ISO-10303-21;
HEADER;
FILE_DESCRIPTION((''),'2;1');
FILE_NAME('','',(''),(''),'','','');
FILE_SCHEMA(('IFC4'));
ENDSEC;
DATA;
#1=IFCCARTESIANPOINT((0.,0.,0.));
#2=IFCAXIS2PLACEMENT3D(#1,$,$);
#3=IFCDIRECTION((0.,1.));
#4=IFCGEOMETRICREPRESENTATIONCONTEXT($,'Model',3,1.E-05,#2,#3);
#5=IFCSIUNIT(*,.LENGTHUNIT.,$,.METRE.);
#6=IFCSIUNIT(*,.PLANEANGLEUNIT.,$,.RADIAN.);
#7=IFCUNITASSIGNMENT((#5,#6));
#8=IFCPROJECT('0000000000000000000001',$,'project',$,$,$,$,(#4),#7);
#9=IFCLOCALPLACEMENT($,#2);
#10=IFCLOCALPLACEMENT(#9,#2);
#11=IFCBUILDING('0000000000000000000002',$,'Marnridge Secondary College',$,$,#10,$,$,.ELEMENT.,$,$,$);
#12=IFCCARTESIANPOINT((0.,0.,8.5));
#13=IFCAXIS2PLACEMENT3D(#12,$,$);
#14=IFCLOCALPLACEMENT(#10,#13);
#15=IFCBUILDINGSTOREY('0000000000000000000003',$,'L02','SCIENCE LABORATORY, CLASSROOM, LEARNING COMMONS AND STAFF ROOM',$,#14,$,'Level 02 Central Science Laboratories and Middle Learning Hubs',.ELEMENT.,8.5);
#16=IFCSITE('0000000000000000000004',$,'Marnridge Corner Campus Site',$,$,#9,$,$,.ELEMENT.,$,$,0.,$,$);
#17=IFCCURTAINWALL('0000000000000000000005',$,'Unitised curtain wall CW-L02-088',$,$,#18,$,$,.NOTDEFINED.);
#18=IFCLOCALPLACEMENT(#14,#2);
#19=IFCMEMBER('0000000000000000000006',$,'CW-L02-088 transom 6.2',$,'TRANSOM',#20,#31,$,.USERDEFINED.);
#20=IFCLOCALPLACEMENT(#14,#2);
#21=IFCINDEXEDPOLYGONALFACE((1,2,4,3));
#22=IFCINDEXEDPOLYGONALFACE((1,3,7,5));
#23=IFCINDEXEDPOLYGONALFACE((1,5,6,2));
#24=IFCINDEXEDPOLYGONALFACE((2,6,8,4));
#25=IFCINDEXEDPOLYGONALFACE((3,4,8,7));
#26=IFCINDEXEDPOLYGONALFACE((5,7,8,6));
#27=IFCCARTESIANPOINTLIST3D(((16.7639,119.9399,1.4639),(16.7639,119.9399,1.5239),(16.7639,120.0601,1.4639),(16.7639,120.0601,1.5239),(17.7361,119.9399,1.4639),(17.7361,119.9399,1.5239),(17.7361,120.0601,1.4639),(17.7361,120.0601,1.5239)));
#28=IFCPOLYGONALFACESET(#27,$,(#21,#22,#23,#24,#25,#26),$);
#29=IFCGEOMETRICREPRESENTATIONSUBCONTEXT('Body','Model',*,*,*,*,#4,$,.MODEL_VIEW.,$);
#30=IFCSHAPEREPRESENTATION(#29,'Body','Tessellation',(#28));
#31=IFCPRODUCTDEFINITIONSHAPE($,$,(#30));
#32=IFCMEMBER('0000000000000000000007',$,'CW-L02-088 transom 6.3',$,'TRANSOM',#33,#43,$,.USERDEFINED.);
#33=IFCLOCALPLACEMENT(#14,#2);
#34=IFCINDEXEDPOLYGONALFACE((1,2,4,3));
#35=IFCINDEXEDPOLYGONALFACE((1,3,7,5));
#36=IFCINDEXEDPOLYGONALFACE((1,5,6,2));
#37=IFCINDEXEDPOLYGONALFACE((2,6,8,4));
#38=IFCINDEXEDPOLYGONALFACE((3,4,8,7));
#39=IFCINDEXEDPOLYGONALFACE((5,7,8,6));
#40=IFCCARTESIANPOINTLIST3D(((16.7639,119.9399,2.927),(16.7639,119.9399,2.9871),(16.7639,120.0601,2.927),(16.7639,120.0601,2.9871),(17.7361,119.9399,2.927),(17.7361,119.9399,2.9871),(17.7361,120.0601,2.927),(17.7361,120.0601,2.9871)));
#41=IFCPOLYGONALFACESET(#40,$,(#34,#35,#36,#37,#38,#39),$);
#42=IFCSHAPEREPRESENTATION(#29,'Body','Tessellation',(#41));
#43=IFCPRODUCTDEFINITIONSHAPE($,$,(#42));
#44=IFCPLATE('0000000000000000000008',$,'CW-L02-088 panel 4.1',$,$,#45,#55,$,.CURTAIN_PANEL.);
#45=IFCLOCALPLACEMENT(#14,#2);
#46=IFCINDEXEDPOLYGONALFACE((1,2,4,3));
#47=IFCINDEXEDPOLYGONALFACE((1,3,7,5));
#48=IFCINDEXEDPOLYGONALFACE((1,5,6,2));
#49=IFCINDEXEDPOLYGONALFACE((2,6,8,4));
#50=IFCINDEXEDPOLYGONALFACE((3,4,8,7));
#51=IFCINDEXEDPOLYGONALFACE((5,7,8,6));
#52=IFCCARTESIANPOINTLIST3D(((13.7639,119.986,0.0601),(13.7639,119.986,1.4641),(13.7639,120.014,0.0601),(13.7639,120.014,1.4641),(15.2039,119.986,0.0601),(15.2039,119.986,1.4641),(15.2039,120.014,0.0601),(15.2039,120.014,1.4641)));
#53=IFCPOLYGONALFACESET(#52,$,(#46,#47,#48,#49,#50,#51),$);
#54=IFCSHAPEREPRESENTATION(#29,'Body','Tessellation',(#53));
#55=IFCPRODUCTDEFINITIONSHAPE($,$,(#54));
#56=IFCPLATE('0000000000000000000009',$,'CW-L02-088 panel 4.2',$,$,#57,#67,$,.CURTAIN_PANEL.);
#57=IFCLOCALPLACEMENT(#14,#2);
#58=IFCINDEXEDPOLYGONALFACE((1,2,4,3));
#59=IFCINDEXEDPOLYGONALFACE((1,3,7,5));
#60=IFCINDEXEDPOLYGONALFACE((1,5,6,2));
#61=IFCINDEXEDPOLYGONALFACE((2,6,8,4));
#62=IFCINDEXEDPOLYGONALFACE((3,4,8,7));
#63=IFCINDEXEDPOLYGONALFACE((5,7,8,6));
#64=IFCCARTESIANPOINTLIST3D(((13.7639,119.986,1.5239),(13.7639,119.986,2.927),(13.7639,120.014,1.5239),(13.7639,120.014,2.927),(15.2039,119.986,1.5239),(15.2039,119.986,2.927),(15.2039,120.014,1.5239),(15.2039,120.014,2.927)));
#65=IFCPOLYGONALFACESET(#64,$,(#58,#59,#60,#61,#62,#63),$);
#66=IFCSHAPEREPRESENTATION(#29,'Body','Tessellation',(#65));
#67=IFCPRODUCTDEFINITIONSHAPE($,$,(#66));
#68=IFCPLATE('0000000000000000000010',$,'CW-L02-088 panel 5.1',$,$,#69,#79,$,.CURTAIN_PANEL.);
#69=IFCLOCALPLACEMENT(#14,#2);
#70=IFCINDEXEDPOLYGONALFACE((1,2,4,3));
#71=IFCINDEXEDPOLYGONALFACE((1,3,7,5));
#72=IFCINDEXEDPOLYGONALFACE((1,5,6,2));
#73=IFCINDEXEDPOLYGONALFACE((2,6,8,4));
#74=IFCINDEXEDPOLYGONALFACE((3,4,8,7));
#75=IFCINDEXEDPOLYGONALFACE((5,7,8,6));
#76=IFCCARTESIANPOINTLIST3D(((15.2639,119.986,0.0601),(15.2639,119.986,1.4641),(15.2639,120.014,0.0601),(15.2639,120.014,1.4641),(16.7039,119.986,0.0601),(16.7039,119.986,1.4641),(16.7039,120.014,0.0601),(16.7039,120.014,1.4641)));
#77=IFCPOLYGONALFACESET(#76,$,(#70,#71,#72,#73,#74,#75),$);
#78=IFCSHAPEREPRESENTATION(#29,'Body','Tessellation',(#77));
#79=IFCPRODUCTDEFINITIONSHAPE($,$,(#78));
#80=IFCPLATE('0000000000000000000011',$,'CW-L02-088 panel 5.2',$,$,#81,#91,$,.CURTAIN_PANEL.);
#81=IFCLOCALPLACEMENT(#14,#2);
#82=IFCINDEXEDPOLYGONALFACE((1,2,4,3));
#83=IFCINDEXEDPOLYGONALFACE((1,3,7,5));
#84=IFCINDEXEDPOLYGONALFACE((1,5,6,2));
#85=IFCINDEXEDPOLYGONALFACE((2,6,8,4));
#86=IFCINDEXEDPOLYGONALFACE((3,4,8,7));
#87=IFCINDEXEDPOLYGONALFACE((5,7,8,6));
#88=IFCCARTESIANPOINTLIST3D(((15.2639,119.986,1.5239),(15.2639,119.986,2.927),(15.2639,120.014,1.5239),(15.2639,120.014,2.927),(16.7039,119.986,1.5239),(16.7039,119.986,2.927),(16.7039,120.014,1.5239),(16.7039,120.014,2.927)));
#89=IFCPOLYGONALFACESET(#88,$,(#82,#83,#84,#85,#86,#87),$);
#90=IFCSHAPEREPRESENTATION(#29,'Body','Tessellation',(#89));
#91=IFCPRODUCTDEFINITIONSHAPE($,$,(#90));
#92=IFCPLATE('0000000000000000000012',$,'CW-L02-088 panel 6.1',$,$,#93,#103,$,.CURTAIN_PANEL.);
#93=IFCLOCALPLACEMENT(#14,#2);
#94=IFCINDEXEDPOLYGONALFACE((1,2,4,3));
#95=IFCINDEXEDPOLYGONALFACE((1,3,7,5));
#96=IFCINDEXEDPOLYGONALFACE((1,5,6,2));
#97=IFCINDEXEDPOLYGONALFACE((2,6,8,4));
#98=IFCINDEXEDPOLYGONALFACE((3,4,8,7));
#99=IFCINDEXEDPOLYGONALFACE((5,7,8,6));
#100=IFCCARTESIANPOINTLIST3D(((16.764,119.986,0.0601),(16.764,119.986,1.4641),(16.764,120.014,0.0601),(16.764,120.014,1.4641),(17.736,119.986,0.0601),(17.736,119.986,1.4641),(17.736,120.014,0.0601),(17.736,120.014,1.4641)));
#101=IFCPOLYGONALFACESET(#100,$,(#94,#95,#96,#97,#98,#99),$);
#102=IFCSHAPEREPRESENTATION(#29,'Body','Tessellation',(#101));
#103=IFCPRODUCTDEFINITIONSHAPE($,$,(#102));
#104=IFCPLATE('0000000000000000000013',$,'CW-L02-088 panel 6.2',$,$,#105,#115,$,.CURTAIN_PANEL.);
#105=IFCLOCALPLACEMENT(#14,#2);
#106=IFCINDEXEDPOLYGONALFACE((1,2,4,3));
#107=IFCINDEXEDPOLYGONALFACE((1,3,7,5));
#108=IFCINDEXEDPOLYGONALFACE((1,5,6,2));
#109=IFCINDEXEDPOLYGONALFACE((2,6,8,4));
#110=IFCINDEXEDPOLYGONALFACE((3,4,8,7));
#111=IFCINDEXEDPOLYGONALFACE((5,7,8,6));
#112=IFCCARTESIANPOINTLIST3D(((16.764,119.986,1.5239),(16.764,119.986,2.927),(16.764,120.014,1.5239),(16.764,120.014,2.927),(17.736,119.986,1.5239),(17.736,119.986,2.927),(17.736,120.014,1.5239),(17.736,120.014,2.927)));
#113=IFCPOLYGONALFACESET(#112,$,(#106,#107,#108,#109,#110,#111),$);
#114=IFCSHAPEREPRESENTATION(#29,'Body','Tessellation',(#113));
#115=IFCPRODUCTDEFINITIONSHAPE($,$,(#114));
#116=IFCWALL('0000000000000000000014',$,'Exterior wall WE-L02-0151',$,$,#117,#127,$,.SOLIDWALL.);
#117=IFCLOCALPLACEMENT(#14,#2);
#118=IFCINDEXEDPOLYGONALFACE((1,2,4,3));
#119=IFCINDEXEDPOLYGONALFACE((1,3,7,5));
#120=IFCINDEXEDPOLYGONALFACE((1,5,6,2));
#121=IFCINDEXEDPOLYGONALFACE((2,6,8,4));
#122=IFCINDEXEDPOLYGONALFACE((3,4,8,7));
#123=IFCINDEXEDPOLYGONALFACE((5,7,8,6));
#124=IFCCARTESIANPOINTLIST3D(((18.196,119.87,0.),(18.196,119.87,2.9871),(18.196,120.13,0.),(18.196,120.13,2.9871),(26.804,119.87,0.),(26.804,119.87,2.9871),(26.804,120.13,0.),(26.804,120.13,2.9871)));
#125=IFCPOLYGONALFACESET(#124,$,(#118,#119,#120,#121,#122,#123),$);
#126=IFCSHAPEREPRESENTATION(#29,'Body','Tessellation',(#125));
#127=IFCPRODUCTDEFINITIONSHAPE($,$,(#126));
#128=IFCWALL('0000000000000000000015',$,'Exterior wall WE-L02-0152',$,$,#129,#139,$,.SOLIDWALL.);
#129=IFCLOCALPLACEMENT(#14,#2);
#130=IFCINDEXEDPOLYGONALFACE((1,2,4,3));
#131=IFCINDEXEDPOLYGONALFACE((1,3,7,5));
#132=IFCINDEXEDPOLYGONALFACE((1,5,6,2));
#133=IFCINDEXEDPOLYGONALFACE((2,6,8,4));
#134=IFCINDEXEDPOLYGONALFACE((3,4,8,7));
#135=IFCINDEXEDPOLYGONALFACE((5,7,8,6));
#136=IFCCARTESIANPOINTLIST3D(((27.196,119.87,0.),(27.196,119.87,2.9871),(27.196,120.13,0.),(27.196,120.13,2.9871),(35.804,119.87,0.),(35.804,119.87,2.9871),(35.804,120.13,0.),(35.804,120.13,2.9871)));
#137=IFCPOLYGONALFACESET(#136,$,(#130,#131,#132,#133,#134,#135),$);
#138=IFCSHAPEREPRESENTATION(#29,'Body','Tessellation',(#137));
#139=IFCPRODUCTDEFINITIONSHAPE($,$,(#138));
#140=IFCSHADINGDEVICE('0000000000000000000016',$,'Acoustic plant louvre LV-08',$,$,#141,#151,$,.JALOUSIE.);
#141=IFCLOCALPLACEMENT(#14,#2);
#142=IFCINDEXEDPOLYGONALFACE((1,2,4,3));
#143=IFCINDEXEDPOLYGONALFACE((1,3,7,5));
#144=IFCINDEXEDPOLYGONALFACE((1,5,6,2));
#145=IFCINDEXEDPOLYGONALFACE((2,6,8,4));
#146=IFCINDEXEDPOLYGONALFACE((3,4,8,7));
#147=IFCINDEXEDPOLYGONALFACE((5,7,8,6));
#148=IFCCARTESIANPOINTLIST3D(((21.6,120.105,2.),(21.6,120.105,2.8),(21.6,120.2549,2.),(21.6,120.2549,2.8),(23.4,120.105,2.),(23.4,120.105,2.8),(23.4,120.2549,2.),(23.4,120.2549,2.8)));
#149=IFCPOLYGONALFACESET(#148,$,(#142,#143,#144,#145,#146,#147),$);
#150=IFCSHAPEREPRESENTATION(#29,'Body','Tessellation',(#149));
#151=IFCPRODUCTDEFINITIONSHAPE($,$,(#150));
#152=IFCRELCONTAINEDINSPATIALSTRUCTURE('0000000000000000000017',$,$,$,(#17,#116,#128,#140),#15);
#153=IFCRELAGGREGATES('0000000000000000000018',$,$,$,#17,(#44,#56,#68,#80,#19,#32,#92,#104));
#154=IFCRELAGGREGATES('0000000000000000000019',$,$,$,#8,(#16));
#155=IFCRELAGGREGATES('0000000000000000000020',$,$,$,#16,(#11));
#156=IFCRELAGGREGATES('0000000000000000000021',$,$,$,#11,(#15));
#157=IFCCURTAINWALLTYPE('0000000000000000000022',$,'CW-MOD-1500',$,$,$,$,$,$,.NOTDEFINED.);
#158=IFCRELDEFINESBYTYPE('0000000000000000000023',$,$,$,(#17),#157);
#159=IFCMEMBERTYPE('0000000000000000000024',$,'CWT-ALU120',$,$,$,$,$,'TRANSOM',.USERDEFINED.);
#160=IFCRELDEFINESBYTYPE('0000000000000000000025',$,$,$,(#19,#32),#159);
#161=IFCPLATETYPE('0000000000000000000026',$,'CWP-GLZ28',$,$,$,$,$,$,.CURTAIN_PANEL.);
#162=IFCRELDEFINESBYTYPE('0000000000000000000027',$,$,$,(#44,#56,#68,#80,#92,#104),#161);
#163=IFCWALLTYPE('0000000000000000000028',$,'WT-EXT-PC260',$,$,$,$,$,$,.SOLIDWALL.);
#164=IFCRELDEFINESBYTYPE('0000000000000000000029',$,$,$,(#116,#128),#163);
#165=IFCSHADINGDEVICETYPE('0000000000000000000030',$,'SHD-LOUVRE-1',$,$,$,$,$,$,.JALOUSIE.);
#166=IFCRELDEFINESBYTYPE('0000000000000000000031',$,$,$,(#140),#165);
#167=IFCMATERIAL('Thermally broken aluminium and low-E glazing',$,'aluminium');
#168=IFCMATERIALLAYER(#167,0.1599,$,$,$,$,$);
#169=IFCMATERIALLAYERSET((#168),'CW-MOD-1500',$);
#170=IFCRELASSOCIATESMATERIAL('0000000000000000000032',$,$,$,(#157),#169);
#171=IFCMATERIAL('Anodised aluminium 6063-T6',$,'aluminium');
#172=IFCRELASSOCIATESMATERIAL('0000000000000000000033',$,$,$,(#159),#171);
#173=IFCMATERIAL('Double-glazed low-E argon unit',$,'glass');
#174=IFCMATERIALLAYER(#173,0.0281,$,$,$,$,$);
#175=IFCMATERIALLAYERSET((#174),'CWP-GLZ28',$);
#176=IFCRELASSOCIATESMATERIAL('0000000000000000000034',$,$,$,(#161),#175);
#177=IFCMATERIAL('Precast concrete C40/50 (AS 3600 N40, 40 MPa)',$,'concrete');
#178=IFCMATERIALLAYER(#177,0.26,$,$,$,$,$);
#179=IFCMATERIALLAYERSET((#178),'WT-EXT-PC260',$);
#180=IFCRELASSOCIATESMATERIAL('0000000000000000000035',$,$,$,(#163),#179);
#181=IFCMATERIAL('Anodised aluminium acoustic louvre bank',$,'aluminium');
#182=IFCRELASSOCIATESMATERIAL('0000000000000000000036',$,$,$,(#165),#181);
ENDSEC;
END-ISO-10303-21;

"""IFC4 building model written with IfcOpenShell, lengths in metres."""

from ifc_helpers import new_model, si_unit, direction, frame, frame_2d, origin, origin_2d, place, context, subcontext, project, spatial, rectangle, extrude, material, layer, layer_set, material_profile, profile_set, type_object, element, aggregate, save


model = new_model("IFC4")

# Units and contexts
model_context = context("Model", 3, precision=1e-05, world=origin(), true_north=direction((0.0, 1.0)))
body_context = subcontext(model_context, "Body", "Model", "MODEL_VIEW")
ifc_project = project(units=[si_unit("LENGTHUNIT", "METRE"), si_unit("PLANEANGLEUNIT", "RADIAN")], contexts=[model_context])

# Site, building, storey
site_placement = place(None, origin())
site = spatial("IfcSite", under=ifc_project, at=site_placement, Name="Marnridge Corner Campus Site", CompositionType="ELEMENT", RefElevation=0.0)
building_placement = place(site_placement, origin())
building = spatial("IfcBuilding", under=site, at=building_placement, Name="Marnridge Secondary College", CompositionType="ELEMENT")
storey_placement = place(building_placement, frame((0.0, 0.0, 8.5)))
storey = spatial("IfcBuildingStorey", under=building, at=storey_placement, Name="L02", Description="SCIENCE LABORATORY, CLASSROOM, LEARNING COMMONS AND STAFF ROOM", LongName="Level 02 Central Science Laboratories and Middle Learning Hubs", CompositionType="ELEMENT", Elevation=8.5)

# Curtain wall, members, plates
ifc_material_1 = material(Name="Thermally broken aluminium and low-E glazing", Category="aluminium")
ifc_layer_1 = layer(ifc_material_1, 0.1599)
ifc_layer_set_1 = layer_set([ifc_layer_1], Name="CW-MOD-1500")
curtain_wall_type = type_object("IfcCurtainWallType", Name="CW-MOD-1500", PredefinedType="NOTDEFINED", material=ifc_layer_set_1)
curtain_wall_placement = place(storey_placement, origin())
curtain_wall = element("IfcCurtainWall", 1, at=curtain_wall_placement, inside=storey, type_object=curtain_wall_type, Name="Unitised curtain wall CW-L02-088", PredefinedType="NOTDEFINED")
ifc_material_2 = material(Name="Anodised aluminium 6063-T6", Category="aluminium")
ifc_material_profile_1 = material_profile(ifc_material_2, rectangle(XDim=0.0601, YDim=0.1201, at=origin_2d()), Name="ALU 60x120")
ifc_profile_set_1 = profile_set([ifc_material_profile_1], Name="Anodised aluminium 6063-T6")
member_type_1 = type_object("IfcMemberType", Name="CWT-ALU120", ElementType="TRANSOM", PredefinedType="USERDEFINED", material=ifc_profile_set_1)
member_1_placement = place(storey_placement, frame((16.7639, 120.0, 1.4939), z_axis=(1.0, 0.0, 0.0), x_axis=(0.0, 0.0, 1.0)))
member_1 = element("IfcMember", 2, at=member_1_placement, type_object=member_type_1, Name="CW-L02-088 transom 6.2", ObjectType="TRANSOM", PredefinedType="USERDEFINED", context=body_context, shape_type="SweptSolid", body=[
    extrude(rectangle(XDim=0.0601, YDim=0.1201, at=origin_2d()), origin(), (0.0, 0.0, 1.0), 0.9722),
])
member_2_placement = place(storey_placement, frame((16.7639, 120.0, 2.957), z_axis=(1.0, 0.0, 0.0), x_axis=(0.0, 0.0, 1.0)))
member_2 = element("IfcMember", 3, at=member_2_placement, type_object=member_type_1, Name="CW-L02-088 transom 6.3", ObjectType="TRANSOM", PredefinedType="USERDEFINED", context=body_context, shape_type="SweptSolid", body=[
    extrude(rectangle(XDim=0.0601, YDim=0.1201, at=origin_2d()), origin(), (0.0, 0.0, 1.0), 0.9722),
])
ifc_material_3 = material(Name="Double-glazed low-E argon unit", Category="glass")
ifc_layer_2 = layer(ifc_material_3, 0.0281)
ifc_layer_set_2 = layer_set([ifc_layer_2], Name="CWP-GLZ28")
plate_type = type_object("IfcPlateType", Name="CWP-GLZ28", PredefinedType="CURTAIN_PANEL", material=ifc_layer_set_2)
plate_1_placement = place(storey_placement, frame((14.4839, 120.0, 0.0601), z_axis=(0.0, 0.0, 1.0), x_axis=(1.0, 0.0, 0.0)))
plate_1 = element("IfcPlate", 4, at=plate_1_placement, type_object=plate_type, Name="CW-L02-088 panel 4.1", PredefinedType="CURTAIN_PANEL", context=body_context, shape_type="SweptSolid", body=[
    extrude(rectangle(XDim=1.4399, YDim=0.0281, at=origin_2d()), origin(), (0.0, 0.0, 1.0), 1.4041),
])
plate_2_placement = place(storey_placement, frame((14.4839, 120.0, 1.5239), z_axis=(0.0, 0.0, 1.0), x_axis=(1.0, 0.0, 0.0)))
plate_2 = element("IfcPlate", 5, at=plate_2_placement, type_object=plate_type, Name="CW-L02-088 panel 4.2", PredefinedType="CURTAIN_PANEL", context=body_context, shape_type="SweptSolid", body=[
    extrude(rectangle(XDim=1.4399, YDim=0.0281, at=origin_2d()), origin(), (0.0, 0.0, 1.0), 1.4031),
])
plate_3_placement = place(storey_placement, frame((15.9839, 120.0, 0.0601), z_axis=(0.0, 0.0, 1.0), x_axis=(1.0, 0.0, 0.0)))
plate_3 = element("IfcPlate", 6, at=plate_3_placement, type_object=plate_type, Name="CW-L02-088 panel 5.1", PredefinedType="CURTAIN_PANEL", context=body_context, shape_type="SweptSolid", body=[
    extrude(rectangle(XDim=1.4399, YDim=0.0281, at=origin_2d()), origin(), (0.0, 0.0, 1.0), 1.4041),
])
plate_4_placement = place(storey_placement, frame((15.9839, 120.0, 1.5239), z_axis=(0.0, 0.0, 1.0), x_axis=(1.0, 0.0, 0.0)))
plate_4 = element("IfcPlate", 7, at=plate_4_placement, type_object=plate_type, Name="CW-L02-088 panel 5.2", PredefinedType="CURTAIN_PANEL", context=body_context, shape_type="SweptSolid", body=[
    extrude(rectangle(XDim=1.4399, YDim=0.0281, at=origin_2d()), origin(), (0.0, 0.0, 1.0), 1.4031),
])
plate_5_placement = place(storey_placement, frame((17.25, 120.0, 0.0601), z_axis=(0.0, 0.0, 1.0), x_axis=(1.0, 0.0, 0.0)))
plate_5 = element("IfcPlate", 8, at=plate_5_placement, type_object=plate_type, Name="CW-L02-088 panel 6.1", PredefinedType="CURTAIN_PANEL", context=body_context, shape_type="SweptSolid", body=[
    extrude(rectangle(XDim=0.9719, YDim=0.0281, at=origin_2d()), origin(), (0.0, 0.0, 1.0), 1.4041),
])
plate_6_placement = place(storey_placement, frame((17.25, 120.0, 1.5239), z_axis=(0.0, 0.0, 1.0), x_axis=(1.0, 0.0, 0.0)))
plate_6 = element("IfcPlate", 9, at=plate_6_placement, type_object=plate_type, Name="CW-L02-088 panel 6.2", PredefinedType="CURTAIN_PANEL", context=body_context, shape_type="SweptSolid", body=[
    extrude(rectangle(XDim=0.9719, YDim=0.0281, at=origin_2d()), origin(), (0.0, 0.0, 1.0), 1.4031),
])
aggregate(curtain_wall, [plate_1, plate_2, plate_3, plate_4, member_1, member_2, plate_5, plate_6])

# Walls
ifc_material_4 = material(Name="Precast concrete C40/50 (AS 3600 N40, 40 MPa)", Category="concrete")
ifc_layer_3 = layer(ifc_material_4, 0.26)
ifc_layer_set_3 = layer_set([ifc_layer_3], Name="WT-EXT-PC260")
wall_type = type_object("IfcWallType", Name="WT-EXT-PC260", PredefinedType="SOLIDWALL", material=ifc_layer_set_3)
for number, where, z_axis, x_axis, name in (
    (10, (18.196, 120.0, 0.0), (0.0, 0.0, 1.0), (1.0, 0.0, 0.0), "Exterior wall WE-L02-0151"),
    (11, (27.196, 120.0, 0.0), (0.0, 0.0, 1.0), (1.0, 0.0, 0.0), "Exterior wall WE-L02-0152"),
):
    element("IfcWall", number, at=place(storey_placement, frame(where, z_axis=z_axis, x_axis=x_axis)), inside=storey, type_object=wall_type, Name=name, PredefinedType="SOLIDWALL", context=body_context, shape_type="SweptSolid", body=[
        extrude(rectangle(XDim=8.6079, YDim=0.26, at=frame_2d((4.304, 0.0))), origin(), (0.0, 0.0, 1.0), 2.9871),
    ])

# Shading device
ifc_material_5 = material(Name="Anodised aluminium acoustic louvre bank", Category="aluminium")
shading_device_type = type_object("IfcShadingDeviceType", Name="SHD-LOUVRE-1", PredefinedType="JALOUSIE", material=ifc_material_5)
shading_device_placement = place(storey_placement, frame((22.5, 120.1799, 2.0), z_axis=(0.0, 0.0, 1.0), x_axis=(1.0, 0.0, 0.0)))
element("IfcShadingDevice", 12, at=shading_device_placement, inside=storey, type_object=shading_device_type, Name="Acoustic plant louvre LV-08", PredefinedType="JALOUSIE", context=body_context, shape_type="SweptSolid", body=[
    extrude(rectangle(XDim=1.8, YDim=0.1499, at=origin_2d()), origin(), (0.0, 0.0, 1.0), 0.8),
])

save(model, "model.ifc")
